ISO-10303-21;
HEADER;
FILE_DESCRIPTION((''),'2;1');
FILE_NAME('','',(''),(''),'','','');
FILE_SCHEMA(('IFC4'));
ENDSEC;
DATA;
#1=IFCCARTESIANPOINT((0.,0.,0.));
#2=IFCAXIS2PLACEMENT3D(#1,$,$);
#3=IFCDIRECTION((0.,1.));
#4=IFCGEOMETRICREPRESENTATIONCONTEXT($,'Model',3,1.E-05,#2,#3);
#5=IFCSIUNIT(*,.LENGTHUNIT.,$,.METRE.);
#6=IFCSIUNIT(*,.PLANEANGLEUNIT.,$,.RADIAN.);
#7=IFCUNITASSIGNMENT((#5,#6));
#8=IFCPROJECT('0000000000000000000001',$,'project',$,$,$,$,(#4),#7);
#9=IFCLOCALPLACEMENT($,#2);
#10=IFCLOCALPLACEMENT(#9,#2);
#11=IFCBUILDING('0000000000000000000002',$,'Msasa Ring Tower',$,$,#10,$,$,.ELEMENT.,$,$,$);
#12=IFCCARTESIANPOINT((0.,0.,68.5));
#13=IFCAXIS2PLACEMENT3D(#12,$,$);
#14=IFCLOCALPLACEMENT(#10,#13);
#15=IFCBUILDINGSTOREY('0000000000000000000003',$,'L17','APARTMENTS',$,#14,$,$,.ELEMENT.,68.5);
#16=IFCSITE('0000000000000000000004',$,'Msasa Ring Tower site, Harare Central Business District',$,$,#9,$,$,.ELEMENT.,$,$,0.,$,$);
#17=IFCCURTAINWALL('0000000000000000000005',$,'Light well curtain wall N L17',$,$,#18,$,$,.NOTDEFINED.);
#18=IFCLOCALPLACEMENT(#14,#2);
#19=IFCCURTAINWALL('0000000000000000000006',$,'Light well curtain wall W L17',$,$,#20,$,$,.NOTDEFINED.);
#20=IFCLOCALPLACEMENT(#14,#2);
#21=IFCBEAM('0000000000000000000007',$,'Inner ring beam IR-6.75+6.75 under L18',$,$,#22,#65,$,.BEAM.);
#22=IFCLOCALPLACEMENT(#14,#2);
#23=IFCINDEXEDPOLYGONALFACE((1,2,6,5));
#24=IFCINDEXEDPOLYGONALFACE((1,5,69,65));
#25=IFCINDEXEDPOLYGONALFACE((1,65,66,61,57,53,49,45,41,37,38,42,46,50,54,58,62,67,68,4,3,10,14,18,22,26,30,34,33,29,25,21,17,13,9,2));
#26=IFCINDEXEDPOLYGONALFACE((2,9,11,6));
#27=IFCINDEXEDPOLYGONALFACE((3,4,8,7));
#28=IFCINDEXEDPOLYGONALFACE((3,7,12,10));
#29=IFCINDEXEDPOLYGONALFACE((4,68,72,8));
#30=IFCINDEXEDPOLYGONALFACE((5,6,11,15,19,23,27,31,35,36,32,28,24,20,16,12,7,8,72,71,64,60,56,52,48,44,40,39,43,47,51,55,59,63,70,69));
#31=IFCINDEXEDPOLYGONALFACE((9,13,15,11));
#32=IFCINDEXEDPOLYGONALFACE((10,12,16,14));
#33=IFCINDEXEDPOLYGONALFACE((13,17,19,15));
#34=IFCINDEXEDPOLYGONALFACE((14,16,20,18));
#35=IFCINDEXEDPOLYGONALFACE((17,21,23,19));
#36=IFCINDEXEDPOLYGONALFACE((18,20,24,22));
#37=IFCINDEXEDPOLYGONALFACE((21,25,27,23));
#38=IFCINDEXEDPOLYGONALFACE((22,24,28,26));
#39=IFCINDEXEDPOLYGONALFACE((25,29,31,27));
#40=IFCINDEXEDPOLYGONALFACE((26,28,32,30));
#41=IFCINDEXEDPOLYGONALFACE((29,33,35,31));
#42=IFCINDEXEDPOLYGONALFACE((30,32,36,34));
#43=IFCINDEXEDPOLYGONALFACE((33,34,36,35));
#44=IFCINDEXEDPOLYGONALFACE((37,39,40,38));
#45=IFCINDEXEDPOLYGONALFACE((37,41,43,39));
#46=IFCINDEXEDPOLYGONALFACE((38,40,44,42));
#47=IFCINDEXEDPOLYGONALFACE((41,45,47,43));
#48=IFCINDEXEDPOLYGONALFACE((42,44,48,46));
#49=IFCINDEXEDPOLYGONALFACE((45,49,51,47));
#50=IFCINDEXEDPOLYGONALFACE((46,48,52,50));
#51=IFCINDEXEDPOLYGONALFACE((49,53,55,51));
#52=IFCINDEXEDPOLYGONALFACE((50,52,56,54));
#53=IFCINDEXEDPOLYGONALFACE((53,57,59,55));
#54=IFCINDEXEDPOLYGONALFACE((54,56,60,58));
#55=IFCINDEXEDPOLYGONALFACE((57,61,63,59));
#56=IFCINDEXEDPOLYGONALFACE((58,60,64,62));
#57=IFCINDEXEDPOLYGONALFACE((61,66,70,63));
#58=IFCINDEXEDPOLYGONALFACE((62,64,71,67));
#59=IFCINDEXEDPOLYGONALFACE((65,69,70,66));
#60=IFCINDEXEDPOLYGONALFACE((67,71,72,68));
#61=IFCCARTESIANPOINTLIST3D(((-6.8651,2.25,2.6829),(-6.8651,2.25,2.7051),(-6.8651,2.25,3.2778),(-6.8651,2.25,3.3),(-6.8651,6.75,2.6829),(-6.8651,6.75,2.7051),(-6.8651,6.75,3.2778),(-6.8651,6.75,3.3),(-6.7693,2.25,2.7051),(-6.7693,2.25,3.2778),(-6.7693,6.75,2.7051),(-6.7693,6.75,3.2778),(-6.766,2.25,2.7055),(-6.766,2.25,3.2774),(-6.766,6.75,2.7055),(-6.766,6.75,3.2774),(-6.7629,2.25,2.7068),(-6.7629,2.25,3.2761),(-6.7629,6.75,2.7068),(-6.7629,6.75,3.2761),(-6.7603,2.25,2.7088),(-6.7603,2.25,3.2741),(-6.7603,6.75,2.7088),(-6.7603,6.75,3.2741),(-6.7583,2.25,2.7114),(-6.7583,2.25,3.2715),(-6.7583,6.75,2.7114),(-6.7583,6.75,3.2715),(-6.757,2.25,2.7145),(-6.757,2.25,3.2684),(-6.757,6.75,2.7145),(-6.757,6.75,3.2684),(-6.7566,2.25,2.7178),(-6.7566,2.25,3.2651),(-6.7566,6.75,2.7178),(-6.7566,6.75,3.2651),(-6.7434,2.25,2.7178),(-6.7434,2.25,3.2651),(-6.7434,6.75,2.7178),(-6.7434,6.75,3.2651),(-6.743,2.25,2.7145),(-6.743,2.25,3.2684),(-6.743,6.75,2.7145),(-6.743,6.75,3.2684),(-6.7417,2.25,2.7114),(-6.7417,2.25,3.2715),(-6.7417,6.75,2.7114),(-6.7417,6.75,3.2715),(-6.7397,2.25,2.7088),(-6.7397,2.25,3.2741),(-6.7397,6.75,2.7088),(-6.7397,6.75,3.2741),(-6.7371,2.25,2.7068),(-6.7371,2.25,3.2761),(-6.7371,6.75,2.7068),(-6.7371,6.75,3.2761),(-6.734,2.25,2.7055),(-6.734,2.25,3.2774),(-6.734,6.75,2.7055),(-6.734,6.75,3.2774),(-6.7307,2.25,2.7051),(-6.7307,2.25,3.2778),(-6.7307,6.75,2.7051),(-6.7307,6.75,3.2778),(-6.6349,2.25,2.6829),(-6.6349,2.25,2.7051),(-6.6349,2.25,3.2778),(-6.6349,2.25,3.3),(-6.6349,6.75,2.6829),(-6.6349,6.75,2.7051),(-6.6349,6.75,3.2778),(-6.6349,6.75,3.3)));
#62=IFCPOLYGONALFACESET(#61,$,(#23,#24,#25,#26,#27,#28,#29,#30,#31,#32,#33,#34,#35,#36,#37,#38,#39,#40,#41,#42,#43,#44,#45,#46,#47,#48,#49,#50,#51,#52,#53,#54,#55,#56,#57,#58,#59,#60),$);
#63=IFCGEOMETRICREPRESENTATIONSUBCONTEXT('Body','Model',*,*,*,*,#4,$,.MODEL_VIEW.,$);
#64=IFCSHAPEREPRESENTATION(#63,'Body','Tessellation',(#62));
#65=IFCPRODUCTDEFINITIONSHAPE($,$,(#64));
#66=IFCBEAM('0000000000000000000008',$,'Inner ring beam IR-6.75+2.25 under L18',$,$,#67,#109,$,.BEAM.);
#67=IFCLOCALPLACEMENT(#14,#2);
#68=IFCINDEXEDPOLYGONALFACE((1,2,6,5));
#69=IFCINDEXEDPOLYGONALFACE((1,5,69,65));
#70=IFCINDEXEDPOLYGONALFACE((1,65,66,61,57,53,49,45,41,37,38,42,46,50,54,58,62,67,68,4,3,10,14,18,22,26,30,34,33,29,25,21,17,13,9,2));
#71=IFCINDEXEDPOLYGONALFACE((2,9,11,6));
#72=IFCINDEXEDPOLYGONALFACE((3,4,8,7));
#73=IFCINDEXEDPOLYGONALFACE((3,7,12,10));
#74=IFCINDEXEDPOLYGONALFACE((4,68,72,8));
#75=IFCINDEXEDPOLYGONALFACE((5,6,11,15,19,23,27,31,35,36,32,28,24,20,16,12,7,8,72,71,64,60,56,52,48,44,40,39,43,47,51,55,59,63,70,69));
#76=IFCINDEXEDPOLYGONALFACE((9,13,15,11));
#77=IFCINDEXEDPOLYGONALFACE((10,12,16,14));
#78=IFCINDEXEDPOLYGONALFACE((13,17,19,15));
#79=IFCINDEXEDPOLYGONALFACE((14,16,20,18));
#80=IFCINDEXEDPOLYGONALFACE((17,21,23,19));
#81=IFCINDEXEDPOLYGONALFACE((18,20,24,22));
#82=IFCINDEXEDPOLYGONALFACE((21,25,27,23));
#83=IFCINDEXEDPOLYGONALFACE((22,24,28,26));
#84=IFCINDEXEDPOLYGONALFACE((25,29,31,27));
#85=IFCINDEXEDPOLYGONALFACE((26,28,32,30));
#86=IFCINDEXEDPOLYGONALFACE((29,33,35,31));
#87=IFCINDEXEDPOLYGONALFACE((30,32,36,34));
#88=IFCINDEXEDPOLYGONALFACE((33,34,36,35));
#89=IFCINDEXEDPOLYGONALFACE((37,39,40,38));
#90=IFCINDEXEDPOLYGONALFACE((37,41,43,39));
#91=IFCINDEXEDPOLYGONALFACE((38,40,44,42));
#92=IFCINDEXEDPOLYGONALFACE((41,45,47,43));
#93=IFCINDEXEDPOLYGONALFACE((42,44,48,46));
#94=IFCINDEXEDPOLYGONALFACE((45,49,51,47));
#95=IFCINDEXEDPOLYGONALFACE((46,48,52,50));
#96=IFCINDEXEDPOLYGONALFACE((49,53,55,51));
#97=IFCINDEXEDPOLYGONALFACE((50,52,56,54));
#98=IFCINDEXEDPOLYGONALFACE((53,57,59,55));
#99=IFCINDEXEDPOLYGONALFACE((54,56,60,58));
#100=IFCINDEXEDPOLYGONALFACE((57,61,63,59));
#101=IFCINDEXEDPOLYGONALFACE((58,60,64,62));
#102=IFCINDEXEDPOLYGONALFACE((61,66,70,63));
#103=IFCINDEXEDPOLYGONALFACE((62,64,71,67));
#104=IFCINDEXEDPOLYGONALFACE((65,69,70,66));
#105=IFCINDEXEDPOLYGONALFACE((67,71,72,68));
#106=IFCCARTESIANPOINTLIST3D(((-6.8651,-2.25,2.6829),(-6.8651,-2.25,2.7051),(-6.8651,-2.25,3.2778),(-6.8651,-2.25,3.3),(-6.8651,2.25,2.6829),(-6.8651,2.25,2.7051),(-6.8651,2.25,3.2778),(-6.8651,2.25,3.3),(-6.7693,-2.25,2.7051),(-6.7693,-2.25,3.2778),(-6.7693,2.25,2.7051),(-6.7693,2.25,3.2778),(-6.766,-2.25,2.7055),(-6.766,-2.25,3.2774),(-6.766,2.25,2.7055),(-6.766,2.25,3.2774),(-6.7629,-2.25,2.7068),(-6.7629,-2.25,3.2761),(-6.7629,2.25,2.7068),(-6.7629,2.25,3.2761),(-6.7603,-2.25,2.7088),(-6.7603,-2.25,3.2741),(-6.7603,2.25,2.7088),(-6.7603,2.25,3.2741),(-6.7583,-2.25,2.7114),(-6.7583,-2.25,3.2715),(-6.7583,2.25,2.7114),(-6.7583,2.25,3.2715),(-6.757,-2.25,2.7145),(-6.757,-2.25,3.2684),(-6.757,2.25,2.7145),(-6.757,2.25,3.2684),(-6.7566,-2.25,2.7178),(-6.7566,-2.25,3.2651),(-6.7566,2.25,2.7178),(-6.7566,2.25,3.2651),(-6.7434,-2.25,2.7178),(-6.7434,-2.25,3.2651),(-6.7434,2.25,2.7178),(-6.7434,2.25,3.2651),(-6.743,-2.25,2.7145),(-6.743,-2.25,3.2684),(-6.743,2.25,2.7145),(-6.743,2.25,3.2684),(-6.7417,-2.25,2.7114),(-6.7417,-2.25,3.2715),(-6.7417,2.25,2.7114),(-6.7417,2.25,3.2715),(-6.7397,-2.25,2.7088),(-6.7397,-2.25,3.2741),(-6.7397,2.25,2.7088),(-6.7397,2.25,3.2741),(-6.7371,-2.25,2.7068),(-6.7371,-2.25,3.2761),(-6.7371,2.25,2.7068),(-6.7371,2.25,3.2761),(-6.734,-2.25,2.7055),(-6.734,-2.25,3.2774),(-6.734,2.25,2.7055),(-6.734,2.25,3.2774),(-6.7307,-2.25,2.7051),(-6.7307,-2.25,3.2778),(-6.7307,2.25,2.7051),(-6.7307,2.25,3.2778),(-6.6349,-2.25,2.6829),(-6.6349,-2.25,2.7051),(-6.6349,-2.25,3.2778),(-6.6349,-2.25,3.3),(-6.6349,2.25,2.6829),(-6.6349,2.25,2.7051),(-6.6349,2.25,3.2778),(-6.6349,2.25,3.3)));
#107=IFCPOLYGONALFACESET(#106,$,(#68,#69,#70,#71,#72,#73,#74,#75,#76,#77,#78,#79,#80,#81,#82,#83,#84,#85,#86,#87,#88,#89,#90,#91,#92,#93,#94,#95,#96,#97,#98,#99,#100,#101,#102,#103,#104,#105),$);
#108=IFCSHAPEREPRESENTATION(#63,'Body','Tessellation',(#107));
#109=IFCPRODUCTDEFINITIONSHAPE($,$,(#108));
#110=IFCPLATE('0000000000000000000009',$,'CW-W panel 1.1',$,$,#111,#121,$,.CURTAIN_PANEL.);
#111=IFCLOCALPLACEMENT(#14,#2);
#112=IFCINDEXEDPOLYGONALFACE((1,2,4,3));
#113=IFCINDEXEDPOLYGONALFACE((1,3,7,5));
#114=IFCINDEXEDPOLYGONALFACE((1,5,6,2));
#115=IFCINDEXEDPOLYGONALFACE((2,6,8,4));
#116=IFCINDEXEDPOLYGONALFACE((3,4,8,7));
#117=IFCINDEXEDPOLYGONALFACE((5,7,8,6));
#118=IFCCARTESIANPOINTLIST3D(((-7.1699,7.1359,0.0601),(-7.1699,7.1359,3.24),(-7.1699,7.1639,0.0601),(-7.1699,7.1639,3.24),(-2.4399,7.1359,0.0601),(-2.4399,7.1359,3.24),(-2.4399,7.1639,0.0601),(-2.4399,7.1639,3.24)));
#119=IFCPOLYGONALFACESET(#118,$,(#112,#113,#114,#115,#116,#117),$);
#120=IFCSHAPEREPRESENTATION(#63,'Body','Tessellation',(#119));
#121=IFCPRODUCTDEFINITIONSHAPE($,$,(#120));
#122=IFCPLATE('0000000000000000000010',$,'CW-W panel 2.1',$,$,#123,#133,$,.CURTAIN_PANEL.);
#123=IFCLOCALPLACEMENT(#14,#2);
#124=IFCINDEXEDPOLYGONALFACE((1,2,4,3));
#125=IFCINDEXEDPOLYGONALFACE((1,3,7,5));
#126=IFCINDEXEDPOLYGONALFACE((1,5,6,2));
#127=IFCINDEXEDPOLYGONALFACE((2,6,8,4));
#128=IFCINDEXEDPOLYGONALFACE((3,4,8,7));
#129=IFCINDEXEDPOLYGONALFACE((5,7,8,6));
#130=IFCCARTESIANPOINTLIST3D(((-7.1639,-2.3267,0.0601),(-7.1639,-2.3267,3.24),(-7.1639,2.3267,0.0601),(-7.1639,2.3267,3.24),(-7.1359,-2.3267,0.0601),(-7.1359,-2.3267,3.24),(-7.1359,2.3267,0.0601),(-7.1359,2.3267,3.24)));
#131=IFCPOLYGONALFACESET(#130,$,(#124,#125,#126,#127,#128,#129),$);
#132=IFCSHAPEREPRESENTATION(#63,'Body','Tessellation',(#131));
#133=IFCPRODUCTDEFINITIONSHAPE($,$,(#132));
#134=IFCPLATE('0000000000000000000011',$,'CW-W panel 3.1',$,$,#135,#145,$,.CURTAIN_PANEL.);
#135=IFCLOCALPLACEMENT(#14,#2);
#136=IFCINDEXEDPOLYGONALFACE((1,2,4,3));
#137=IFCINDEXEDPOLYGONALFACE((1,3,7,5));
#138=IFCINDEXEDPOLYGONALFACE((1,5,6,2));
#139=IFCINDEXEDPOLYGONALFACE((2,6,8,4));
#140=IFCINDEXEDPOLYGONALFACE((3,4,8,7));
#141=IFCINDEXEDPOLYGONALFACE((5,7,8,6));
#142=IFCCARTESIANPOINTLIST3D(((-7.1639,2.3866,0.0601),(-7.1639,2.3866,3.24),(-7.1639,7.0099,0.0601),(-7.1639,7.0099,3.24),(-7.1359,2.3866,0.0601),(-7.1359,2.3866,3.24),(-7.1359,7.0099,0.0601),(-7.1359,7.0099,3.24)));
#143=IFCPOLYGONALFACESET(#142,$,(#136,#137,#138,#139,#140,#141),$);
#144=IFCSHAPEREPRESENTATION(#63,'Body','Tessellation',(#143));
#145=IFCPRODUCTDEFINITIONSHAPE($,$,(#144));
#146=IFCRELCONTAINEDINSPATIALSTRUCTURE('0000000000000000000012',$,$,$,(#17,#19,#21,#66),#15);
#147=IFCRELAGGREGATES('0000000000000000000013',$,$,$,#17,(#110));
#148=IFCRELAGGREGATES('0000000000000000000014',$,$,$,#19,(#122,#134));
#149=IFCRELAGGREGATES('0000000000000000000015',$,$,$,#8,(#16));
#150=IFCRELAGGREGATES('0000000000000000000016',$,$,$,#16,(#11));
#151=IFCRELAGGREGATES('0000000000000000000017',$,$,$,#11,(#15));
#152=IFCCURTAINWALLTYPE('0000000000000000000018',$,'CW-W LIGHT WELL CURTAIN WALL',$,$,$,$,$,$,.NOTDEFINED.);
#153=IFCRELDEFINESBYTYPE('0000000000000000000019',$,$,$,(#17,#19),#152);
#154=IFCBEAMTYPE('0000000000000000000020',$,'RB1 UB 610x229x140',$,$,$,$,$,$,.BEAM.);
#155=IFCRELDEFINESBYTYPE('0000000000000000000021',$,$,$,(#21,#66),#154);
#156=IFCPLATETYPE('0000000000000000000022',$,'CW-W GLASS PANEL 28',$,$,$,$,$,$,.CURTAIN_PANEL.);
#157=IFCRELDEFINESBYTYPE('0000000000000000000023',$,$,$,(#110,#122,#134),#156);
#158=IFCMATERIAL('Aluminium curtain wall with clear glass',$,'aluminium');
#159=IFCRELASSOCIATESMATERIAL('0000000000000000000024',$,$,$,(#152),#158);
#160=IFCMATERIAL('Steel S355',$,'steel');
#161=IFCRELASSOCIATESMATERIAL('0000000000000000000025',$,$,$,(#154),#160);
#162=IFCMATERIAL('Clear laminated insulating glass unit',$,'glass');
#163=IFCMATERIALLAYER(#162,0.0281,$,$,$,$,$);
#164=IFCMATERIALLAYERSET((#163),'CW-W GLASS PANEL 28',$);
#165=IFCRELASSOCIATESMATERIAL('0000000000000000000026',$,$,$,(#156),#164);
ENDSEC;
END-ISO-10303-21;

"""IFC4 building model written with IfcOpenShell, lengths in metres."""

from ifc_helpers import new_model, si_unit, direction, frame, origin, origin_2d, place, context, subcontext, project, spatial, rectangle, i_section, extrude, material, layer, layer_set, material_profile, profile_set, type_object, element, aggregate, save


model = new_model("IFC4")

# Units and contexts
model_context = context("Model", 3, precision=1e-05, world=origin(), true_north=direction((0.0, 1.0)))
body_context = subcontext(model_context, "Body", "Model", "MODEL_VIEW")
ifc_project = project(units=[si_unit("LENGTHUNIT", "METRE"), si_unit("PLANEANGLEUNIT", "RADIAN")], contexts=[model_context])

# Site, building, storey
site_placement = place(None, origin())
site = spatial("IfcSite", under=ifc_project, at=site_placement, Name="Msasa Ring Tower site, Harare Central Business District", CompositionType="ELEMENT", RefElevation=0.0)
building_placement = place(site_placement, origin())
building = spatial("IfcBuilding", under=site, at=building_placement, Name="Msasa Ring Tower", CompositionType="ELEMENT")
storey_placement = place(building_placement, frame((0.0, 0.0, 68.5)))
storey = spatial("IfcBuildingStorey", under=building, at=storey_placement, Name="L17", Description="APARTMENTS", CompositionType="ELEMENT", Elevation=68.5)

# Curtain wall
ifc_material_1 = material(Name="Aluminium curtain wall with clear glass", Category="aluminium")
curtain_wall_type = type_object("IfcCurtainWallType", Name="CW-W LIGHT WELL CURTAIN WALL", PredefinedType="NOTDEFINED", material=ifc_material_1)
curtain_wall_1_placement = place(storey_placement, origin())
curtain_wall_1 = element("IfcCurtainWall", 1, at=curtain_wall_1_placement, inside=storey, type_object=curtain_wall_type, Name="Light well curtain wall N L17", PredefinedType="NOTDEFINED")

# Curtain wall
curtain_wall_2_placement = place(storey_placement, origin())
curtain_wall_2 = element("IfcCurtainWall", 2, at=curtain_wall_2_placement, inside=storey, type_object=curtain_wall_type, Name="Light well curtain wall W L17", PredefinedType="NOTDEFINED")

# Beams
ifc_material_2 = material(Name="Steel S355", Category="steel")
ifc_material_profile_1 = material_profile(ifc_material_2, i_section(OverallWidth=0.2302, OverallDepth=0.6172, WebThickness=0.0132, FlangeThickness=0.0222, FilletRadius=0.0127, at=origin_2d()), Name="UB 610x229x140")
ifc_profile_set_1 = profile_set([ifc_material_profile_1], Name="Steel S355")
beam_type = type_object("IfcBeamType", Name="RB1 UB 610x229x140", PredefinedType="BEAM", material=ifc_profile_set_1)
for number, where, z_axis, x_axis, name in (
    (3, (-6.75, 6.75, 2.9915), (0.0, -1.0, 0.0), (1.0, 0.0, 0.0), "Inner ring beam IR-6.75+6.75 under L18"),
    (4, (-6.75, 2.25, 2.9915), (0.0, -1.0, 0.0), (1.0, 0.0, 0.0), "Inner ring beam IR-6.75+2.25 under L18"),
):
    element("IfcBeam", number, at=place(storey_placement, frame(where, z_axis=z_axis, x_axis=x_axis)), inside=storey, type_object=beam_type, Name=name, PredefinedType="BEAM", context=body_context, shape_type="SweptSolid", body=[
        extrude(i_section(OverallWidth=0.2302, OverallDepth=0.6172, WebThickness=0.0132, FlangeThickness=0.0222, FilletRadius=0.0127, at=origin_2d()), origin(), (0.0, 0.0, 1.0), 4.5),
    ])

# Plates
ifc_material_3 = material(Name="Clear laminated insulating glass unit", Category="glass")
ifc_layer_1 = layer(ifc_material_3, 0.0281)
ifc_layer_set_1 = layer_set([ifc_layer_1], Name="CW-W GLASS PANEL 28")
plate_type = type_object("IfcPlateType", Name="CW-W GLASS PANEL 28", PredefinedType="CURTAIN_PANEL", material=ifc_layer_set_1)
plate_1_placement = place(storey_placement, frame((-4.8049, 7.1499, 0.0601), z_axis=(0.0, 0.0, 1.0), x_axis=(1.0, 0.0, 0.0)))
plate_1 = element("IfcPlate", 5, at=plate_1_placement, type_object=plate_type, Name="CW-W panel 1.1", PredefinedType="CURTAIN_PANEL", context=body_context, shape_type="SweptSolid", body=[
    extrude(rectangle(XDim=4.73, YDim=0.0281, at=origin_2d()), origin(), (0.0, 0.0, 1.0), 3.1799),
])
aggregate(curtain_wall_1, [plate_1])
plate_2_placement = place(storey_placement, frame((-7.1499, 0.0, 0.0601), z_axis=(0.0, 0.0, 1.0), x_axis=(0.0, 1.0, 0.0)))
plate_2 = element("IfcPlate", 6, at=plate_2_placement, type_object=plate_type, Name="CW-W panel 2.1", PredefinedType="CURTAIN_PANEL", context=body_context, shape_type="SweptSolid", body=[
    extrude(rectangle(XDim=4.6533, YDim=0.0281, at=origin_2d()), origin(), (0.0, 0.0, 1.0), 3.1799),
])
plate_3_placement = place(storey_placement, frame((-7.1499, 4.6982, 0.0601), z_axis=(0.0, 0.0, 1.0), x_axis=(0.0, 1.0, 0.0)))
plate_3 = element("IfcPlate", 7, at=plate_3_placement, type_object=plate_type, Name="CW-W panel 3.1", PredefinedType="CURTAIN_PANEL", context=body_context, shape_type="SweptSolid", body=[
    extrude(rectangle(XDim=4.6233, YDim=0.0281, at=origin_2d()), origin(), (0.0, 0.0, 1.0), 3.1799),
])
aggregate(curtain_wall_2, [plate_2, plate_3])

save(model, "model.ifc")
